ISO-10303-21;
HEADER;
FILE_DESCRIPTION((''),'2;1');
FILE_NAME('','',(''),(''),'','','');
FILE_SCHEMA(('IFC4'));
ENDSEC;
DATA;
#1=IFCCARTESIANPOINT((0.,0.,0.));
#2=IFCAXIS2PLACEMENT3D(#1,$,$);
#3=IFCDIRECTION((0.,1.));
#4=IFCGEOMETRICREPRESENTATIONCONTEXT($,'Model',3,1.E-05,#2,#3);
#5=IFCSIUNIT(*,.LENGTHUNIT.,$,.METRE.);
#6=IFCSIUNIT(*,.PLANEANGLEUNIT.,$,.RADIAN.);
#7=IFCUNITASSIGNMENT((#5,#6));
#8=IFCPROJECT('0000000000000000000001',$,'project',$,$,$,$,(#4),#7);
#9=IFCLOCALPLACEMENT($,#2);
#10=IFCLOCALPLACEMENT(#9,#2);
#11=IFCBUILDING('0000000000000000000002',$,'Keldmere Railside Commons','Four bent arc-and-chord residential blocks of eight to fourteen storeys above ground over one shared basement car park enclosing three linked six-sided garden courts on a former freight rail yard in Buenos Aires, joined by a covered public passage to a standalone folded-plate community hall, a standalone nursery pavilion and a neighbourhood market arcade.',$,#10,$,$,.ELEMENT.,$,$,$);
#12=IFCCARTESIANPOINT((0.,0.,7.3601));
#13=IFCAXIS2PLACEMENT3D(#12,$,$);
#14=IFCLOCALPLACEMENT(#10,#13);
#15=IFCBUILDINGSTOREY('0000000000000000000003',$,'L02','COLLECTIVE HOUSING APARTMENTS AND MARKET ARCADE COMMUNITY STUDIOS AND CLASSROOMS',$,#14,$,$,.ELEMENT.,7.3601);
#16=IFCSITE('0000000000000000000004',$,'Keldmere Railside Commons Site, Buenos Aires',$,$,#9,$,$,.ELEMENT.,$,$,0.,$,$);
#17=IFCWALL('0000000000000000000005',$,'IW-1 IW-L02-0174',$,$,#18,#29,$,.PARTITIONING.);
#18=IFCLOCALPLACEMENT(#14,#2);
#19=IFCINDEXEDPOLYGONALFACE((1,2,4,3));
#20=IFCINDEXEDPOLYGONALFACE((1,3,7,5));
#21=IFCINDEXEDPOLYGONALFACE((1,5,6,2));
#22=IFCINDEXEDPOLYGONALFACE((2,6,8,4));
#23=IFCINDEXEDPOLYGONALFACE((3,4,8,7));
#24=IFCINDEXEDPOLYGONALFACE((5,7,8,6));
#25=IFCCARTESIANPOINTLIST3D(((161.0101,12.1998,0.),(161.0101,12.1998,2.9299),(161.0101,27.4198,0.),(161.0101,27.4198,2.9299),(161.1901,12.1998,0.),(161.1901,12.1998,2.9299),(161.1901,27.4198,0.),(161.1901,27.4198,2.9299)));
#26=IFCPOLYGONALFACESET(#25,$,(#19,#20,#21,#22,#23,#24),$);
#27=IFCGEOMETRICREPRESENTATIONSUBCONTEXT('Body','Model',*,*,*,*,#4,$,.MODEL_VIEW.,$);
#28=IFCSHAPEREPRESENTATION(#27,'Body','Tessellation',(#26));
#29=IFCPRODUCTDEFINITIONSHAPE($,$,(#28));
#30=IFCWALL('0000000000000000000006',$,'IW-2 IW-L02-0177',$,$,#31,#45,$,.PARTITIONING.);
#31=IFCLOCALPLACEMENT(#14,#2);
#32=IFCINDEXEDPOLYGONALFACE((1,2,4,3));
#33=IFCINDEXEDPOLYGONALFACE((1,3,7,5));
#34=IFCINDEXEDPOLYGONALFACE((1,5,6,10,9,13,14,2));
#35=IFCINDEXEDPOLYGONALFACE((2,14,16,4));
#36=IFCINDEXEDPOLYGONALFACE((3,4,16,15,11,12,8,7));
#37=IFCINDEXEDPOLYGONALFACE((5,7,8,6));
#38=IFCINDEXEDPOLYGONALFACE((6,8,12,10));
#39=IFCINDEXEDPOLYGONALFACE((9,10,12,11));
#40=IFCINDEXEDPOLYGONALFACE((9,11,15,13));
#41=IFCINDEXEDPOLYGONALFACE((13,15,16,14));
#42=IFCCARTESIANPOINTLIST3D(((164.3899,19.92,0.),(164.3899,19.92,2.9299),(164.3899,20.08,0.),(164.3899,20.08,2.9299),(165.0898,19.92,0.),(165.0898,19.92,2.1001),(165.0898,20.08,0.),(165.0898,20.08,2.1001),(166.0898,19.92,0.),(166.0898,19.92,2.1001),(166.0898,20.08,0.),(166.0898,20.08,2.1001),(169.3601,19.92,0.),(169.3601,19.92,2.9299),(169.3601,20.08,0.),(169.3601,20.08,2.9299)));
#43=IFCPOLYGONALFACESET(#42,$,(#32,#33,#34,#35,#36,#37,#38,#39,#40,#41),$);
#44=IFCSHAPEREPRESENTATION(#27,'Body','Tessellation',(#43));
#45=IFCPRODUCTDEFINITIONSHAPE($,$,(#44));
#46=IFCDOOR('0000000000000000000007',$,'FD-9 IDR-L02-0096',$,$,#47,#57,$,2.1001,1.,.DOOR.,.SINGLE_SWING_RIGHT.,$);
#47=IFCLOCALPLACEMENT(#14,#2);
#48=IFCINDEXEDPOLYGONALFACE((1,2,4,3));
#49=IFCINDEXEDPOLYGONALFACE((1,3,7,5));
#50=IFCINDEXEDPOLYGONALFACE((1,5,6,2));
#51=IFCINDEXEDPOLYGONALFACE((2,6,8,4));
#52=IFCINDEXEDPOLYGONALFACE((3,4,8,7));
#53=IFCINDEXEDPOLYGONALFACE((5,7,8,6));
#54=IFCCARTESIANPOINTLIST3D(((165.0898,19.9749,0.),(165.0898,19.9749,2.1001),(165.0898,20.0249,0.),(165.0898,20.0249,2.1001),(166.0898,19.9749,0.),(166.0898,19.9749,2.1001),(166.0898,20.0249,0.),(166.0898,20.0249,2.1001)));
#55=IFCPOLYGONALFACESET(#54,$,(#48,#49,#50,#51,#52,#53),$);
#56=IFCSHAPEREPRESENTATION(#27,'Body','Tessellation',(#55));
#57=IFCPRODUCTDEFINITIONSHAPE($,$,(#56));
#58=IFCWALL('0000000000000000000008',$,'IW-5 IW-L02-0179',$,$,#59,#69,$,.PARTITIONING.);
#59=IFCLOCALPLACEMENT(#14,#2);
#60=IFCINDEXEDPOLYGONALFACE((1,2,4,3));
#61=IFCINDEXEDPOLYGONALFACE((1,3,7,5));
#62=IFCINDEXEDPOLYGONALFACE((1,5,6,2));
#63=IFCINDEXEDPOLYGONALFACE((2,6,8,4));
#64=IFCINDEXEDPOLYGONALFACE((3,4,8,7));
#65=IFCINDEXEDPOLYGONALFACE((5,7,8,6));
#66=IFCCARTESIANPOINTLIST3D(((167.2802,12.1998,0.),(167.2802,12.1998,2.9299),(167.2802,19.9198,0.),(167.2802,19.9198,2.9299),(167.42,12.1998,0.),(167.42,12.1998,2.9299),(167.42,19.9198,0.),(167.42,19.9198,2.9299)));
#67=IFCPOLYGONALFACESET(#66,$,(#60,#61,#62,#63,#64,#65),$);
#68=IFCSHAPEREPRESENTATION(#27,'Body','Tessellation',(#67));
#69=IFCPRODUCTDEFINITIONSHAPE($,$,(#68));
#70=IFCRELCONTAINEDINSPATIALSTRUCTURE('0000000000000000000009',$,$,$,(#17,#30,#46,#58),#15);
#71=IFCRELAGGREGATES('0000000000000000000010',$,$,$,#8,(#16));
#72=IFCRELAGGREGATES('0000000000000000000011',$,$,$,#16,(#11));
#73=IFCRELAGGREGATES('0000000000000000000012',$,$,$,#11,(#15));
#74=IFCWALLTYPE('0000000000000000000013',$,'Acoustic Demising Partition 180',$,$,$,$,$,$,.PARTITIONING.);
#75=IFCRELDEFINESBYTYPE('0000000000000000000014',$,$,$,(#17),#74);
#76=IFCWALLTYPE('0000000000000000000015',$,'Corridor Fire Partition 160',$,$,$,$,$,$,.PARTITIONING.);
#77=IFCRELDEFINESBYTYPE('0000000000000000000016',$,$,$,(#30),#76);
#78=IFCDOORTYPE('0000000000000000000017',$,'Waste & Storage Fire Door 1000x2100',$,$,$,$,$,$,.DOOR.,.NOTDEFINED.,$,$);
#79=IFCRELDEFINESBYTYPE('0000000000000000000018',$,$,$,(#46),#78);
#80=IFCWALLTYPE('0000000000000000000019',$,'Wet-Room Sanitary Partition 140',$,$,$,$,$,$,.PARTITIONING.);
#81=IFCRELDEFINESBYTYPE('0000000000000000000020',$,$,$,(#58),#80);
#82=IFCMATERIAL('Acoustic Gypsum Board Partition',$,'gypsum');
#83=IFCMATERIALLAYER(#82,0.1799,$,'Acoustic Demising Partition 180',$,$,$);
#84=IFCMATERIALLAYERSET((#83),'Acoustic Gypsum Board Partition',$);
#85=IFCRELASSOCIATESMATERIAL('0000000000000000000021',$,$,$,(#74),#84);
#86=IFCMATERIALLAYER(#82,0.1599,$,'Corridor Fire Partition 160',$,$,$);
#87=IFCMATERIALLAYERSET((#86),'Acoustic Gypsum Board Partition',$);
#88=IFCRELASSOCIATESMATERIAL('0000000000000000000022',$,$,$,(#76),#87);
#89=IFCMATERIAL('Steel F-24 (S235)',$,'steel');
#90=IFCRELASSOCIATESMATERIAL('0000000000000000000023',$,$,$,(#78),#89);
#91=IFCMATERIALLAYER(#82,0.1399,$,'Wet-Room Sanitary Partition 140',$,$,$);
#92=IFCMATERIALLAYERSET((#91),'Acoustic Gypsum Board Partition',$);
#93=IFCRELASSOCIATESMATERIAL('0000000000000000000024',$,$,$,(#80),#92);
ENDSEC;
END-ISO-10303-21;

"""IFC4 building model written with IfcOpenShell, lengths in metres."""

from ifc_helpers import new_model, si_unit, direction, frame, frame_2d, origin, place, context, subcontext, project, spatial, rectangle, extrude, material, layer, layer_set, type_object, element, fill, save


model = new_model("IFC4")

# Units and contexts
model_context = context("Model", 3, precision=1e-05, world=origin(), true_north=direction((0.0, 1.0)))
body_context = subcontext(model_context, "Body", "Model", "MODEL_VIEW")
ifc_project = project(units=[si_unit("LENGTHUNIT", "METRE"), si_unit("PLANEANGLEUNIT", "RADIAN")], contexts=[model_context])

# Site, building, storey
site_placement = place(None, origin())
site = spatial("IfcSite", under=ifc_project, at=site_placement, Name="Keldmere Railside Commons Site, Buenos Aires", CompositionType="ELEMENT", RefElevation=0.0)
building_placement = place(site_placement, origin())
building = spatial("IfcBuilding", under=site, at=building_placement, Name="Keldmere Railside Commons", Description="Four bent arc-and-chord residential blocks of eight to fourteen storeys above ground over one shared basement car park enclosing three linked six-sided garden courts on a former freight rail yard in Buenos Aires, joined by a covered public passage to a standalone folded-plate community hall, a standalone nursery pavilion and a neighbourhood market arcade.", CompositionType="ELEMENT")
storey_placement = place(building_placement, frame((0.0, 0.0, 7.3601)))
storey = spatial("IfcBuildingStorey", under=building, at=storey_placement, Name="L02", Description="COLLECTIVE HOUSING APARTMENTS AND MARKET ARCADE COMMUNITY STUDIOS AND CLASSROOMS", CompositionType="ELEMENT", Elevation=7.3601)

# Wall
ifc_material_1 = material(Name="Acoustic Gypsum Board Partition", Category="gypsum")
ifc_layer_1 = layer(ifc_material_1, 0.1799, Name="Acoustic Demising Partition 180")
ifc_layer_set_1 = layer_set([ifc_layer_1], Name="Acoustic Gypsum Board Partition")
wall_type_1 = type_object("IfcWallType", Name="Acoustic Demising Partition 180", PredefinedType="PARTITIONING", material=ifc_layer_set_1)
for number, where, z_axis, x_axis, name in (
    (1, (161.1001, 12.2, 0.0), (0.0, 0.0, 1.0), (0.0, 1.0, 0.0), "IW-1 IW-L02-0174"),
):
    element("IfcWall", number, at=place(storey_placement, frame(where, z_axis=z_axis, x_axis=x_axis)), inside=storey, type_object=wall_type_1, Name=name, PredefinedType="PARTITIONING", context=body_context, shape_type="SweptSolid", body=[
        extrude(rectangle(XDim=15.22, YDim=0.1799, at=frame_2d((7.6099, 0.0))), origin(), (0.0, 0.0, 1.0), 2.9299),
    ])

# Wall, opening, door
ifc_layer_2 = layer(ifc_material_1, 0.1599, Name="Corridor Fire Partition 160")
ifc_layer_set_2 = layer_set([ifc_layer_2], Name="Acoustic Gypsum Board Partition")
wall_type_2 = type_object("IfcWallType", Name="Corridor Fire Partition 160", PredefinedType="PARTITIONING", material=ifc_layer_set_2)
wall_1_placement = place(storey_placement, frame((164.3899, 20.0, 0.0), z_axis=(0.0, 0.0, 1.0), x_axis=(1.0, 0.0, 0.0)))
wall_1 = element("IfcWall", 2, at=wall_1_placement, inside=storey, type_object=wall_type_2, Name="IW-2 IW-L02-0177", PredefinedType="PARTITIONING", context=body_context, shape_type="SweptSolid", body=[
    extrude(rectangle(XDim=4.9702, YDim=0.1599, at=frame_2d((2.4851, 0.0))), origin(), (0.0, 0.0, 1.0), 2.9299),
])
opening_placement = place(wall_1_placement, frame((0.7, 0.0, 0.0)))
opening = element("IfcOpeningElement", 3, at=opening_placement, cuts=wall_1, PredefinedType="OPENING", context=body_context, shape_type="SweptSolid", body=[
    extrude(rectangle(XDim=1.0, YDim=2.1001, at=frame_2d((0.5, 1.05))), frame((0.0, 0.0898, 0.0), z_axis=(0.0, -1.0, 0.0), x_axis=(1.0, 0.0, 0.0)), (0.0, 0.0, 1.0), 0.1799),
])
ifc_material_2 = material(Name="Steel F-24 (S235)", Category="steel")
door_type = type_object("IfcDoorType", Name="Waste & Storage Fire Door 1000x2100", OperationType="NOTDEFINED", PredefinedType="DOOR", material=ifc_material_2)
door_placement = place(opening_placement, origin())
door = element("IfcDoor", 4, at=door_placement, inside=storey, type_object=door_type, Name="FD-9 IDR-L02-0096", OperationType="SINGLE_SWING_RIGHT", OverallHeight=2.1001, OverallWidth=1.0, PredefinedType="DOOR", context=body_context, shape_type="SweptSolid", body=[
    extrude(rectangle(XDim=1.0, YDim=2.1001, at=frame_2d((0.5, 1.05))), frame((0.0, 0.0249, 0.0), z_axis=(0.0, -1.0, 0.0), x_axis=(1.0, 0.0, 0.0)), (0.0, 0.0, 1.0), 0.05),
])
fill(opening, door)

# Wall
ifc_layer_3 = layer(ifc_material_1, 0.1399, Name="Wet-Room Sanitary Partition 140")
ifc_layer_set_3 = layer_set([ifc_layer_3], Name="Acoustic Gypsum Board Partition")
wall_type_3 = type_object("IfcWallType", Name="Wet-Room Sanitary Partition 140", PredefinedType="PARTITIONING", material=ifc_layer_set_3)
wall_2_placement = place(storey_placement, frame((167.3501, 12.2, 0.0), z_axis=(0.0, 0.0, 1.0), x_axis=(0.0, 1.0, 0.0)))
element("IfcWall", 5, at=wall_2_placement, inside=storey, type_object=wall_type_3, Name="IW-5 IW-L02-0179", PredefinedType="PARTITIONING", context=body_context, shape_type="SweptSolid", body=[
    extrude(rectangle(XDim=7.72, YDim=0.1399, at=frame_2d((3.8599, 0.0))), origin(), (0.0, 0.0, 1.0), 2.9299),
])

save(model, "model.ifc")
